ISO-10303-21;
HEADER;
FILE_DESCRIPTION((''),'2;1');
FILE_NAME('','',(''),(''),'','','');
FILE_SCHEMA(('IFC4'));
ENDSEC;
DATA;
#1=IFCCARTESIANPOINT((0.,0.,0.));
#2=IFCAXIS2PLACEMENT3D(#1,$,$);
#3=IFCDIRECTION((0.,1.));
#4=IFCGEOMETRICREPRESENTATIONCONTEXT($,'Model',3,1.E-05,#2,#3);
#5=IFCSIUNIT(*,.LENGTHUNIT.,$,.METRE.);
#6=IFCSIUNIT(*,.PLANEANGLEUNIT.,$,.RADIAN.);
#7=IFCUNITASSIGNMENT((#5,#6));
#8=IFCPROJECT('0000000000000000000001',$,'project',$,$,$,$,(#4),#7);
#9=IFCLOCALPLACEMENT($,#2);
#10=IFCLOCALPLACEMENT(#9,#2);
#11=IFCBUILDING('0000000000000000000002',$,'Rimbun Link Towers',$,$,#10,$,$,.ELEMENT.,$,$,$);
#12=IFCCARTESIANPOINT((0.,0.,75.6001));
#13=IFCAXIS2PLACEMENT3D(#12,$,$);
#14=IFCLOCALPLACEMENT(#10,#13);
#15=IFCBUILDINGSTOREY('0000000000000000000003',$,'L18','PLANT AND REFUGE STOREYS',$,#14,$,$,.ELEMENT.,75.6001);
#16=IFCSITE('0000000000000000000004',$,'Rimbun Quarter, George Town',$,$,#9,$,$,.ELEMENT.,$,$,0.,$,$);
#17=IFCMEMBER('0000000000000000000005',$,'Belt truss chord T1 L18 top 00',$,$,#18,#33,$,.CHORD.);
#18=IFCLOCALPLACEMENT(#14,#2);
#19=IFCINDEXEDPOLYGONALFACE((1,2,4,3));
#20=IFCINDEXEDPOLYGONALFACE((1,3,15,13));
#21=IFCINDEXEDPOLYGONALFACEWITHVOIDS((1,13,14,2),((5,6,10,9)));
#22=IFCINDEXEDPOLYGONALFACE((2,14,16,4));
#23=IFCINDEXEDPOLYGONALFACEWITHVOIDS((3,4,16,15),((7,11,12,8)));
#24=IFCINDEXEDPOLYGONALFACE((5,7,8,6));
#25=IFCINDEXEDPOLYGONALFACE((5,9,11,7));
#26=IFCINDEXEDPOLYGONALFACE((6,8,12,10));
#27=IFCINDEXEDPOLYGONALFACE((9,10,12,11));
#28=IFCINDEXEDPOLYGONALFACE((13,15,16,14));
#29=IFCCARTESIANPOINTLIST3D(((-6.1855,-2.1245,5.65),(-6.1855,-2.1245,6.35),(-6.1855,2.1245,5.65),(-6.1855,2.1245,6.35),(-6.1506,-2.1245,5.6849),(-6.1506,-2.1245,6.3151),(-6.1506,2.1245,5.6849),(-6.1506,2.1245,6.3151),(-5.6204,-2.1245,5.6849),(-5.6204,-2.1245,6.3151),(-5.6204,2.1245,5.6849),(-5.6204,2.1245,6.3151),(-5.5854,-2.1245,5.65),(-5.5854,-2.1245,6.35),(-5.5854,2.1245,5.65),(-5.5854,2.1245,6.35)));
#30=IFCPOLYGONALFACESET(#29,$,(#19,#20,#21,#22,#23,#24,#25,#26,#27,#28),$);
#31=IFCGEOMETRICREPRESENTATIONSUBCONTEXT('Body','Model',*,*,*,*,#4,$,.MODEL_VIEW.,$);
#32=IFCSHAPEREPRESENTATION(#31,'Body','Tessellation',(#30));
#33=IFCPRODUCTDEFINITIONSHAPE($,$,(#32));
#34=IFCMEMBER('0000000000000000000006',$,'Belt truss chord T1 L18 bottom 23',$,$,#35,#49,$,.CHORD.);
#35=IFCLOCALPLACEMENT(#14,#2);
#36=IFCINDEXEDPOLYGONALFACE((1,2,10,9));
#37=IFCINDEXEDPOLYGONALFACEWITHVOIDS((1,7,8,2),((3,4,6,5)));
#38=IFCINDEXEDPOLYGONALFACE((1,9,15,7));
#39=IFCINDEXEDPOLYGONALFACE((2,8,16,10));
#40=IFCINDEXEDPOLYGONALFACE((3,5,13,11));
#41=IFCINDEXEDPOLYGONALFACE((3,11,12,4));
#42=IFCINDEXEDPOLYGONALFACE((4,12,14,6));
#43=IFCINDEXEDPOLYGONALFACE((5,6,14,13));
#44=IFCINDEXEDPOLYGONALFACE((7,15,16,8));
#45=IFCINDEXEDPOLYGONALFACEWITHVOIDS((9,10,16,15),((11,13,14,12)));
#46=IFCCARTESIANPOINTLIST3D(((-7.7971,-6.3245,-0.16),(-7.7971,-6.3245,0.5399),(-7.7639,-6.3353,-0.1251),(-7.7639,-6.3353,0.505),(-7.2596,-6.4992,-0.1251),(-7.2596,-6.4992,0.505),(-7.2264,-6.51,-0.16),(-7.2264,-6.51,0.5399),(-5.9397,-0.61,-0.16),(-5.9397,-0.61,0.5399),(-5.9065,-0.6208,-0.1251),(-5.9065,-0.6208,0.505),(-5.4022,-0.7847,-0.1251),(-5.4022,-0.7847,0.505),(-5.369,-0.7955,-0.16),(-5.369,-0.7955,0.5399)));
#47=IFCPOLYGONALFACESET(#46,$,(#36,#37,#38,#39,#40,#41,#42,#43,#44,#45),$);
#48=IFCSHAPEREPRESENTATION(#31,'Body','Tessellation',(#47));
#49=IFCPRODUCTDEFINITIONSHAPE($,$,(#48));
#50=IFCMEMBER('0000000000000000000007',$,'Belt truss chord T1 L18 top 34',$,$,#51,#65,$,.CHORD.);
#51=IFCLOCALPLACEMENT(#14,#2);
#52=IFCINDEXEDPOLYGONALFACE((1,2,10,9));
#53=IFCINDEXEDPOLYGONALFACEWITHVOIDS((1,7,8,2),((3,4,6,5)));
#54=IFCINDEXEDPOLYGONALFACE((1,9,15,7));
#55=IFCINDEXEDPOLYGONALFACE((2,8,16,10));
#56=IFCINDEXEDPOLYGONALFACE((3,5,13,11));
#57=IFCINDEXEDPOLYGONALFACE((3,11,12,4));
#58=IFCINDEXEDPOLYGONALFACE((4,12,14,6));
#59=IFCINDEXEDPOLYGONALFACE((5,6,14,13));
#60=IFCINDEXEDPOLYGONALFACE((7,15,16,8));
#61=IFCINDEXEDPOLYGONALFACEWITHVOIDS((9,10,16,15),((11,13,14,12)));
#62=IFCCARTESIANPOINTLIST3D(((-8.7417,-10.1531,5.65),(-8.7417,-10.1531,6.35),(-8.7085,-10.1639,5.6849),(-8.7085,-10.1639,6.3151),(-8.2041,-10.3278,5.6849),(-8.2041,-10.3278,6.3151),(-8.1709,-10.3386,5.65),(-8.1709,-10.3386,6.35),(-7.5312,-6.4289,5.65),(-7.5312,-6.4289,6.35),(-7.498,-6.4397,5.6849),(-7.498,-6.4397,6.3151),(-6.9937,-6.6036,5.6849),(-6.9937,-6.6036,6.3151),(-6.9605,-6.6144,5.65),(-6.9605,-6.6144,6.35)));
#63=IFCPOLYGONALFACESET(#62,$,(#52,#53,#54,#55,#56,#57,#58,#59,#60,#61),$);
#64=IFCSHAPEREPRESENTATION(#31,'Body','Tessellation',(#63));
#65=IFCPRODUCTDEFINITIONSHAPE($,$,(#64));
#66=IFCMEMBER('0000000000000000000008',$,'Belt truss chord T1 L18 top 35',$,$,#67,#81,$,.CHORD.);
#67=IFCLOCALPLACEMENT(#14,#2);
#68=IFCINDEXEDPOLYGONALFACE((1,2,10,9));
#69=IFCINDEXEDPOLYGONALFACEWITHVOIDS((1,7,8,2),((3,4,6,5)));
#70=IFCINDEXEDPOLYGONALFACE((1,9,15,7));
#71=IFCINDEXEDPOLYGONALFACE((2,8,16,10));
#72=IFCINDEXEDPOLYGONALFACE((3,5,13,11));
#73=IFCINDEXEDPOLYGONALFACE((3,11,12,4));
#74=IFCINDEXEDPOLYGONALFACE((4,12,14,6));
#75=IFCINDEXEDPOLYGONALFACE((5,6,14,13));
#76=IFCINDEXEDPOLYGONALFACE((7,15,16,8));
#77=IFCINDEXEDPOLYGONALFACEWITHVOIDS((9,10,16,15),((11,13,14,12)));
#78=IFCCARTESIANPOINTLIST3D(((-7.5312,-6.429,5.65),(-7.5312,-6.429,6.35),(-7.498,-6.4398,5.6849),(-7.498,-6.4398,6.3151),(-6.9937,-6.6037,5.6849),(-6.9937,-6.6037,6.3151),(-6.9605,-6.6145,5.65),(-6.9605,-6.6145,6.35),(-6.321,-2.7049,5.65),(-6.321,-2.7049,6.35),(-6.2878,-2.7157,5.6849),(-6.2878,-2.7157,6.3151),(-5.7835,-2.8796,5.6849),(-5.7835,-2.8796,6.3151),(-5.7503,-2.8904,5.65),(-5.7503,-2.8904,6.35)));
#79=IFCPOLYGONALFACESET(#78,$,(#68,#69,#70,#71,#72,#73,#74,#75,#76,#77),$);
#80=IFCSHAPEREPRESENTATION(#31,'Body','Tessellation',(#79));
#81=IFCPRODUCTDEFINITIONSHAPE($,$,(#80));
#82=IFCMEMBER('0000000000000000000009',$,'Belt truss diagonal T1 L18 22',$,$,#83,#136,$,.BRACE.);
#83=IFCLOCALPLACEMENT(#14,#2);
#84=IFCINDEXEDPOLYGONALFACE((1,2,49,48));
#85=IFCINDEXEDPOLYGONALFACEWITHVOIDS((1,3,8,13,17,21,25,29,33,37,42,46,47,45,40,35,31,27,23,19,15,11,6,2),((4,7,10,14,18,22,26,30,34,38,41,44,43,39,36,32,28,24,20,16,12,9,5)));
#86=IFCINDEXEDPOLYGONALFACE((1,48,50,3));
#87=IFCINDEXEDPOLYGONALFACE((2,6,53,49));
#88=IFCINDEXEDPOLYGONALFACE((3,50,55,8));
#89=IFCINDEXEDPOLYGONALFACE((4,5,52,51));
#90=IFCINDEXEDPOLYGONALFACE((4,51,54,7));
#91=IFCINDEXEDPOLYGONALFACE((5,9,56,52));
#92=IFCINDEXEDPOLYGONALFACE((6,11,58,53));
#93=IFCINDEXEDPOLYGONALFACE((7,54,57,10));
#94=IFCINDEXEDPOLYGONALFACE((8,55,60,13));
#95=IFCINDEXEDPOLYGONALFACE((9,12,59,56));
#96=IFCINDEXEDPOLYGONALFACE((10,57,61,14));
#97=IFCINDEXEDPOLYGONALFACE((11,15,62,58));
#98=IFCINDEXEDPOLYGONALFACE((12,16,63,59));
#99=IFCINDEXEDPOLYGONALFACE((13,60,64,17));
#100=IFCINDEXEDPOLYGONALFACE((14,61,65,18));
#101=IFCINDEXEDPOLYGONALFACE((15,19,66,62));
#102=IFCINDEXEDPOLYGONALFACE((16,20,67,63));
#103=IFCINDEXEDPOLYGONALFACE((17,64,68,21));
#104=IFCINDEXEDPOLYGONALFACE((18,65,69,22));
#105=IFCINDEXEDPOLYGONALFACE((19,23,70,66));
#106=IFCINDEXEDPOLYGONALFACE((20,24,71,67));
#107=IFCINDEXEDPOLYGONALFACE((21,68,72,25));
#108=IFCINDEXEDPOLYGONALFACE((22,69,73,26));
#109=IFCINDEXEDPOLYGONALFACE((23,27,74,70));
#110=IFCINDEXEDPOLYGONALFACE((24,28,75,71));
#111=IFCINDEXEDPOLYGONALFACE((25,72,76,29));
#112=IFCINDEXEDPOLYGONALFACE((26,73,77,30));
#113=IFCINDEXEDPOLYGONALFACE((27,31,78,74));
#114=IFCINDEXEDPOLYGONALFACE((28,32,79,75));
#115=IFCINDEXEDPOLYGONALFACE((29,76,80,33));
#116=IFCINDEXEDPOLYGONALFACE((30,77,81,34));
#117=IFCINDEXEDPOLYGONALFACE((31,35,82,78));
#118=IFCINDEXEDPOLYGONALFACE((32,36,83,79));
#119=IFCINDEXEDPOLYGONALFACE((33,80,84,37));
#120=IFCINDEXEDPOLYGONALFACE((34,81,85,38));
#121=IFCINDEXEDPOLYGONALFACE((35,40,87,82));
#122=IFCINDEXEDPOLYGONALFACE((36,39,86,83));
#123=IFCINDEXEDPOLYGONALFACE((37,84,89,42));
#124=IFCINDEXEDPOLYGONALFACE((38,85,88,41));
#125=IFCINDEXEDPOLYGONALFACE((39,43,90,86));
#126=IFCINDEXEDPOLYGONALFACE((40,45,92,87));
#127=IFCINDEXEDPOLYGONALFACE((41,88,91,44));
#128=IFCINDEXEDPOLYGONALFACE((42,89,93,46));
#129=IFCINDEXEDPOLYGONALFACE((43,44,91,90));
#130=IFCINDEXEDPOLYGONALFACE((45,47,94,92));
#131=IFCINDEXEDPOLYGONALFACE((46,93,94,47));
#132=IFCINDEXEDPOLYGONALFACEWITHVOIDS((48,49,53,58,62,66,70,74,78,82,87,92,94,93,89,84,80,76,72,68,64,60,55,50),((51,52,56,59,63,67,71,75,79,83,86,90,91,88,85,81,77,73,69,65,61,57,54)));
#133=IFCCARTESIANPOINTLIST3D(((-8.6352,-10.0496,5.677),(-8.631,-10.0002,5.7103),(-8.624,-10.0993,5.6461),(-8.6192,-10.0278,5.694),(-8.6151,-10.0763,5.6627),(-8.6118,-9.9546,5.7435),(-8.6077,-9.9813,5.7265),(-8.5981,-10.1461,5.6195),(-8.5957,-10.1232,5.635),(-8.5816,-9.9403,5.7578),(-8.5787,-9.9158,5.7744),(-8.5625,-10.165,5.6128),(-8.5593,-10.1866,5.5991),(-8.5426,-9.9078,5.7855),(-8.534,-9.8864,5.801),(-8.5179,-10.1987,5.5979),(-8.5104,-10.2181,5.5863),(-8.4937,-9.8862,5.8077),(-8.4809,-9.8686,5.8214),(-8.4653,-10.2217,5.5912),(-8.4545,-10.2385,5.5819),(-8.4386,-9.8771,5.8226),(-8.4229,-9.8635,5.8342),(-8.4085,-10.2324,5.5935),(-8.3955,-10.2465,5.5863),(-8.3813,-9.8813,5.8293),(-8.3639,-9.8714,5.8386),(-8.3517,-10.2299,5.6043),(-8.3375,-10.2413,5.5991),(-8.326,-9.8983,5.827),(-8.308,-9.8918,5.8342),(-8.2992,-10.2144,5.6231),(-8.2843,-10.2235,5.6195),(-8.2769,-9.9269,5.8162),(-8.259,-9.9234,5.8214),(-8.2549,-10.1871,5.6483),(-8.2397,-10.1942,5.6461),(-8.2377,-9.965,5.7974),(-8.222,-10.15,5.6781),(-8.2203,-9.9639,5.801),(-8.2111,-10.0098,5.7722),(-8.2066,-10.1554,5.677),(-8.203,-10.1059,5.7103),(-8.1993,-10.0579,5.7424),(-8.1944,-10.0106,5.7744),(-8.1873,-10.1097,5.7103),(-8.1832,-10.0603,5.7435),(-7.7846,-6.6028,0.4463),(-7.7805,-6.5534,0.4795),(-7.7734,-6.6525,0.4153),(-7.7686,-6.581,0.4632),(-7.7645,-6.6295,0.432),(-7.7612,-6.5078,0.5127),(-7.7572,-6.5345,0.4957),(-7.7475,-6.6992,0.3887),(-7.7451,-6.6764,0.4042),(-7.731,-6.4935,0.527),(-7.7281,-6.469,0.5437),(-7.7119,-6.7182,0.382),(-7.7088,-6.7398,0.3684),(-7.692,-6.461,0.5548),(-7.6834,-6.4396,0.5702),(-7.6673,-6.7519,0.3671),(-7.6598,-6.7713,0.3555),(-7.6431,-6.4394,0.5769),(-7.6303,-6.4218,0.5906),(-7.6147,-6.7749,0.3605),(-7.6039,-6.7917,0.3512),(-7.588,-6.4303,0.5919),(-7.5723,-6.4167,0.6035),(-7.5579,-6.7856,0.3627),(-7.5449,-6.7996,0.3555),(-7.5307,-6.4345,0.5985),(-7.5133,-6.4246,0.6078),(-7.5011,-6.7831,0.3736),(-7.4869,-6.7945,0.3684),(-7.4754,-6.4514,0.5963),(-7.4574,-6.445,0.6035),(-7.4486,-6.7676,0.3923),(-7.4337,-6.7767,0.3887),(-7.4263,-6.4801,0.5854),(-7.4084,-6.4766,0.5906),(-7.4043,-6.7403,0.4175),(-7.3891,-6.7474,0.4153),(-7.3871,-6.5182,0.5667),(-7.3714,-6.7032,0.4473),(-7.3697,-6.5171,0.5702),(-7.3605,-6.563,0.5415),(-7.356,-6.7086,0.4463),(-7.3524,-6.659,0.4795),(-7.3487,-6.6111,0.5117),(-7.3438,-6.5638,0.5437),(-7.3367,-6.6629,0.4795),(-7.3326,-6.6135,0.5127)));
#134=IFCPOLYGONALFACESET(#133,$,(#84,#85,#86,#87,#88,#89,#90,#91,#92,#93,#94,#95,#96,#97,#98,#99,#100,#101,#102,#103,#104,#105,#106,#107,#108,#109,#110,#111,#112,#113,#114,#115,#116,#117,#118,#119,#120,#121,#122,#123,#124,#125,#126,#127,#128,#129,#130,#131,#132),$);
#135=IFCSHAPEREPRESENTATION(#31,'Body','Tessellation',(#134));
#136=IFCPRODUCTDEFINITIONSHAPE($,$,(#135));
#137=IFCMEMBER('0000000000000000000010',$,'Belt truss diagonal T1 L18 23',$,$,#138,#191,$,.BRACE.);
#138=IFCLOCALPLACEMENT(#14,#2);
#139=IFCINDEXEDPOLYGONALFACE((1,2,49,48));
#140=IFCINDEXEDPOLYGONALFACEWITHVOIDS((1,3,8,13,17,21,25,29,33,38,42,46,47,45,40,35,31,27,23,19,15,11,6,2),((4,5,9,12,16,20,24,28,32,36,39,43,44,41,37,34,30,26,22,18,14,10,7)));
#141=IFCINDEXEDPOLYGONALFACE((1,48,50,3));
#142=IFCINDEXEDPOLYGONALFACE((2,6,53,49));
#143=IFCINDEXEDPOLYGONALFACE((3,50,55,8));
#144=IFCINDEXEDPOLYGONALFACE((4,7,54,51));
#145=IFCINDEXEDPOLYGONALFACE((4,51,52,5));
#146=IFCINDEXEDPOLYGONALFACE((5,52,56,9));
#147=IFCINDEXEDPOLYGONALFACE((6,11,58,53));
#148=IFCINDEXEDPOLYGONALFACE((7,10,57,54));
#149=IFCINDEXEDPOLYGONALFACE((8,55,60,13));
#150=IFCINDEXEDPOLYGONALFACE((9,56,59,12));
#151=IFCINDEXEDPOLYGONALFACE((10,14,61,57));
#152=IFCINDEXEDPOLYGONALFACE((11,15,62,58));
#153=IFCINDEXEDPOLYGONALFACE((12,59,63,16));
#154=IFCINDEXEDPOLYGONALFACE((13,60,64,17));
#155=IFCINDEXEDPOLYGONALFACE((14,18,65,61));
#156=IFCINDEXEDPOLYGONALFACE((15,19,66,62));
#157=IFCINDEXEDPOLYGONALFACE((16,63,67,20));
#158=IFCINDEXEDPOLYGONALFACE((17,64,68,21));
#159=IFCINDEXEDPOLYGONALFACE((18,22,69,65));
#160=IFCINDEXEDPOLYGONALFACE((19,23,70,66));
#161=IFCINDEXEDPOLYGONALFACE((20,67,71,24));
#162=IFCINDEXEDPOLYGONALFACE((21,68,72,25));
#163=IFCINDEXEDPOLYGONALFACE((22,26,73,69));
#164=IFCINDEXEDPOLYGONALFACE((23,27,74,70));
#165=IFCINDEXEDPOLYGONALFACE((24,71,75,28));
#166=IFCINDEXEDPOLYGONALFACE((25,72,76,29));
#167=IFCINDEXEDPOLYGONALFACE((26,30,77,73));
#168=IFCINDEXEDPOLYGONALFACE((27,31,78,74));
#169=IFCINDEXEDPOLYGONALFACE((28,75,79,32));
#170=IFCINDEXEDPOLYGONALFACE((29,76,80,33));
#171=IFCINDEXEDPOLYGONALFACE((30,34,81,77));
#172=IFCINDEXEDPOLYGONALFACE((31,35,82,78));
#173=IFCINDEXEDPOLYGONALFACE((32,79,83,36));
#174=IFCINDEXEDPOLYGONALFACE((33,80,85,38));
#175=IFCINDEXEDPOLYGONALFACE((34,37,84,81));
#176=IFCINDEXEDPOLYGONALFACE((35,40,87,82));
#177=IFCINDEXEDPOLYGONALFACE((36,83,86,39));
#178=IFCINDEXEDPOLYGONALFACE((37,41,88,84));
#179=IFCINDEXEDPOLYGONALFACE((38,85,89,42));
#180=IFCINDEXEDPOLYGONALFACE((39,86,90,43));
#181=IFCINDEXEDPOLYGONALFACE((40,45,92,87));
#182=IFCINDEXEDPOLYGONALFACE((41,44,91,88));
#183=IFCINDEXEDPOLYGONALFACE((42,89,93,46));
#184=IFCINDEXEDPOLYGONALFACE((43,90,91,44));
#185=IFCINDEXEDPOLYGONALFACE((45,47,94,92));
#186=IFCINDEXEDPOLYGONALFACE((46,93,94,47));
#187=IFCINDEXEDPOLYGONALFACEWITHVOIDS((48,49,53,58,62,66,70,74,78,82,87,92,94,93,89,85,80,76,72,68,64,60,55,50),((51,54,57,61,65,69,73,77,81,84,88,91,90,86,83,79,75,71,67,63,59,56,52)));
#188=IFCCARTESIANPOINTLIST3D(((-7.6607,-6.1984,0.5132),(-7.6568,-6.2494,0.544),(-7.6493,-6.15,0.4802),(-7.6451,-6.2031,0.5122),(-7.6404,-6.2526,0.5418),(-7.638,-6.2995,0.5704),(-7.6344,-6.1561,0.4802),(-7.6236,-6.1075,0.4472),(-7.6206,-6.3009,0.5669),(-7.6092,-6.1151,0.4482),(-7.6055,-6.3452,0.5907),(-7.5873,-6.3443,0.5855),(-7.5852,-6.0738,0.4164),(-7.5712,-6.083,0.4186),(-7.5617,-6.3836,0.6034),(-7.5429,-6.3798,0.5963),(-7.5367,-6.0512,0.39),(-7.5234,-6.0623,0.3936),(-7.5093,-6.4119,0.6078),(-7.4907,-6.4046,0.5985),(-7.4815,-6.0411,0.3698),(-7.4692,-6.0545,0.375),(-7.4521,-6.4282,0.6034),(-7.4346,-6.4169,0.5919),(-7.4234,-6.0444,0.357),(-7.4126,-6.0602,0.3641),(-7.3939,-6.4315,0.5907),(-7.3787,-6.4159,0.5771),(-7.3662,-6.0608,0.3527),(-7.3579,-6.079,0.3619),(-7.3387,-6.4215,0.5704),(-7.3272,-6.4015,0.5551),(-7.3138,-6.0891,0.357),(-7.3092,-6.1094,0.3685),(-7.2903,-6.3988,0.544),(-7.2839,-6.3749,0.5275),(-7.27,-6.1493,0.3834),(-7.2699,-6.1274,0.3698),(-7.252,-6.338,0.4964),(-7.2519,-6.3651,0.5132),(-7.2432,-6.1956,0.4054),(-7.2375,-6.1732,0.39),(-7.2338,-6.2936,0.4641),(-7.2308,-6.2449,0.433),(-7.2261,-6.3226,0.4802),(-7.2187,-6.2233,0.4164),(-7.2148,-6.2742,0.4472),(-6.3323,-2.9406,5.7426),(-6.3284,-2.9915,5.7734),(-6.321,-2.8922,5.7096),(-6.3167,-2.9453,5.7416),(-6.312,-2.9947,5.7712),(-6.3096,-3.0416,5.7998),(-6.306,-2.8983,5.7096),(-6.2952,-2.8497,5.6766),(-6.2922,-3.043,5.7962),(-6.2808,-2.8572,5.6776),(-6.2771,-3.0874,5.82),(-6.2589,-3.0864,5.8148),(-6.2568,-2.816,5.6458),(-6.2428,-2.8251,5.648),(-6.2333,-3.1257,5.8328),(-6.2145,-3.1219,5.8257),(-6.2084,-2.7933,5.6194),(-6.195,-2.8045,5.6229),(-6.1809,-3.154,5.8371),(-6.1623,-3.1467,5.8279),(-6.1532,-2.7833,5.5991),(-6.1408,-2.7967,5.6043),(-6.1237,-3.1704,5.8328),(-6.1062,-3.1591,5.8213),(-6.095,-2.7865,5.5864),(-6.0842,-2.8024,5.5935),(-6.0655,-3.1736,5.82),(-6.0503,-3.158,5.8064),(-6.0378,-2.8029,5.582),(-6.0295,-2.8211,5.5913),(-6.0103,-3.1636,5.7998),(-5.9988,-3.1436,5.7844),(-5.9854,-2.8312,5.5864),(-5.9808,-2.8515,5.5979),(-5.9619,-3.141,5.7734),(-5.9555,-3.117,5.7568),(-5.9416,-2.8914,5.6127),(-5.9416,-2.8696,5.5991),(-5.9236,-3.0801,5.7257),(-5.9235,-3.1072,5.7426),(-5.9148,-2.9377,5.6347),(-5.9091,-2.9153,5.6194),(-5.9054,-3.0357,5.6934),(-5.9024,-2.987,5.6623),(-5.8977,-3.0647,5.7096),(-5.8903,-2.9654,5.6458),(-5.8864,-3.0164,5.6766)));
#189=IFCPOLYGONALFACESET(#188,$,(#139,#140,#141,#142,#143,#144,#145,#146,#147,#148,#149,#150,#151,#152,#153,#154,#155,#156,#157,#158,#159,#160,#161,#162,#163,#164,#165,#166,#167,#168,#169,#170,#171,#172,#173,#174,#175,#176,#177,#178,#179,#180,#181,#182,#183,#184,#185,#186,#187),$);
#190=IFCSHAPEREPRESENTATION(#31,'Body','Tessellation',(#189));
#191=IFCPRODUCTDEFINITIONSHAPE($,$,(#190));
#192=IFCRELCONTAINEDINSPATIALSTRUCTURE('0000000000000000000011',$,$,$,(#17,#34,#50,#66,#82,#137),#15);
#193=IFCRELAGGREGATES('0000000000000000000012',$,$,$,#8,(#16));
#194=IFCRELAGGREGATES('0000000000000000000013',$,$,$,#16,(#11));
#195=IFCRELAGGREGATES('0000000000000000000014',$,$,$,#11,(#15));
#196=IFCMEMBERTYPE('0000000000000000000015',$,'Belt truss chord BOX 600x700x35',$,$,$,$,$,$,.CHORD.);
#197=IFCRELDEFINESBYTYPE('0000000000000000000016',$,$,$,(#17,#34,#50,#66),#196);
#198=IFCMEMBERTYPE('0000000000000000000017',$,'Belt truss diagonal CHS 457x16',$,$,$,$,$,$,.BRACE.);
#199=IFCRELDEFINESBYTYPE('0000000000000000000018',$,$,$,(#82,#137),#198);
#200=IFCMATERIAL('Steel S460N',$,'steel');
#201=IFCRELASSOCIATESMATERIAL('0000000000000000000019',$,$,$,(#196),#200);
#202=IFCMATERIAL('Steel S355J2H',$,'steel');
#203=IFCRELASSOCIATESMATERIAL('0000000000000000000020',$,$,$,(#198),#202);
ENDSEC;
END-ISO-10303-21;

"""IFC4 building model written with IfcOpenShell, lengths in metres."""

from ifc_helpers import new_model, si_unit, direction, frame, origin, origin_2d, place, context, subcontext, project, spatial, hollow_rectangle, hollow_circle, extrude, material, material_profile, profile_set, type_object, element, save


model = new_model("IFC4")

# Units and contexts
model_context = context("Model", 3, precision=1e-05, world=origin(), true_north=direction((0.0, 1.0)))
body_context = subcontext(model_context, "Body", "Model", "MODEL_VIEW")
ifc_project = project(units=[si_unit("LENGTHUNIT", "METRE"), si_unit("PLANEANGLEUNIT", "RADIAN")], contexts=[model_context])

# Site, building, storey
site_placement = place(None, origin())
site = spatial("IfcSite", under=ifc_project, at=site_placement, Name="Rimbun Quarter, George Town", CompositionType="ELEMENT", RefElevation=0.0)
building_placement = place(site_placement, origin())
building = spatial("IfcBuilding", under=site, at=building_placement, Name="Rimbun Link Towers", CompositionType="ELEMENT")
storey_placement = place(building_placement, frame((0.0, 0.0, 75.6001)))
storey = spatial("IfcBuildingStorey", under=building, at=storey_placement, Name="L18", Description="PLANT AND REFUGE STOREYS", CompositionType="ELEMENT", Elevation=75.6001)

# Members
ifc_material_1 = material(Name="Steel S460N", Category="steel")
ifc_material_profile_1 = material_profile(ifc_material_1, hollow_rectangle(XDim=0.6001, YDim=0.7, WallThickness=0.0349, at=origin_2d()), Name="Belt truss chord BOX 600x700x35")
ifc_profile_set_1 = profile_set([ifc_material_profile_1], Name="Steel S460N")
member_type_1 = type_object("IfcMemberType", Name="Belt truss chord BOX 600x700x35", PredefinedType="CHORD", material=ifc_profile_set_1)
member_1_placement = place(storey_placement, frame((-5.8855, -2.1245, 6.0), z_axis=(0.0, 1.0, 0.0), x_axis=(-1.0, 0.0, 0.0)))
element("IfcMember", 1, at=member_1_placement, inside=storey, type_object=member_type_1, Name="Belt truss chord T1 L18 top 00", PredefinedType="CHORD", context=body_context, shape_type="SweptSolid", body=[
    extrude(hollow_rectangle(XDim=0.6001, YDim=0.7, WallThickness=0.0349, at=origin_2d()), origin(), (0.0, 0.0, 1.0), 4.249),
])
member_2_placement = place(storey_placement, frame((-7.5117, -6.4172, 0.1899), z_axis=(0.309113, 0.951025, 0.0), x_axis=(-0.951025, 0.309113, 0.0)))
element("IfcMember", 2, at=member_2_placement, inside=storey, type_object=member_type_1, Name="Belt truss chord T1 L18 bottom 23", PredefinedType="CHORD", context=body_context, shape_type="SweptSolid", body=[
    extrude(hollow_rectangle(XDim=0.6001, YDim=0.7, WallThickness=0.0349, at=origin_2d()), origin(), (0.0, 0.0, 1.0), 6.0088),
])
member_3_placement = place(storey_placement, frame((-8.4563, -10.2458, 6.0), z_axis=(0.309111, 0.951026, 0.0), x_axis=(-0.951026, 0.309111, 0.0)))
element("IfcMember", 3, at=member_3_placement, inside=storey, type_object=member_type_1, Name="Belt truss chord T1 L18 top 34", PredefinedType="CHORD", context=body_context, shape_type="SweptSolid", body=[
    extrude(hollow_rectangle(XDim=0.6001, YDim=0.7, WallThickness=0.0349, at=origin_2d()), origin(), (0.0, 0.0, 1.0), 3.916),
])
member_4_placement = place(storey_placement, frame((-7.2458, -6.5217, 6.0), z_axis=(0.309055, 0.951044, 0.0), x_axis=(-0.951044, 0.309055, 0.0)))
element("IfcMember", 4, at=member_4_placement, inside=storey, type_object=member_type_1, Name="Belt truss chord T1 L18 top 35", PredefinedType="CHORD", context=body_context, shape_type="SweptSolid", body=[
    extrude(hollow_rectangle(XDim=0.6001, YDim=0.7, WallThickness=0.0349, at=origin_2d()), origin(), (0.0, 0.0, 1.0), 3.9158),
])
ifc_material_2 = material(Name="Steel S355J2H", Category="steel")
ifc_material_profile_2 = material_profile(ifc_material_2, hollow_circle(Radius=0.2285, WallThickness=0.0161, at=origin_2d()), Name="Belt truss diagonal CHS 457x16")
ifc_profile_set_2 = profile_set([ifc_material_profile_2], Name="Steel S355J2H")
member_type_2 = type_object("IfcMemberType", Name="Belt truss diagonal CHS 457x16", PredefinedType="BRACE", material=ifc_profile_set_2)
member_5_placement = place(storey_placement, frame((-7.5586, -6.6082, 0.4795), z_axis=(-0.13455, -0.545228, 0.827419), x_axis=(0.970874, -0.23959, 0.0)))
element("IfcMember", 5, at=member_5_placement, inside=storey, type_object=member_type_2, Name="Belt truss diagonal T1 L18 22", PredefinedType="BRACE", context=body_context, shape_type="SweptSolid", body=[
    extrude(hollow_circle(Radius=0.2285, WallThickness=0.0161, at=origin_2d()), origin(), (0.0, 0.0, 1.0), 6.3218),
])
member_6_placement = place(storey_placement, frame((-7.4377, -6.2363, 0.4802), z_axis=(0.210765, 0.516899, 0.829695), x_axis=(-0.925982, 0.377568, 0.0)))
element("IfcMember", 6, at=member_6_placement, inside=storey, type_object=member_type_2, Name="Belt truss diagonal T1 L18 23", PredefinedType="BRACE", context=body_context, shape_type="SweptSolid", body=[
    extrude(hollow_circle(Radius=0.2285, WallThickness=0.0161, at=origin_2d()), origin(), (0.0, 0.0, 1.0), 6.3027),
])

save(model, "model.ifc")
